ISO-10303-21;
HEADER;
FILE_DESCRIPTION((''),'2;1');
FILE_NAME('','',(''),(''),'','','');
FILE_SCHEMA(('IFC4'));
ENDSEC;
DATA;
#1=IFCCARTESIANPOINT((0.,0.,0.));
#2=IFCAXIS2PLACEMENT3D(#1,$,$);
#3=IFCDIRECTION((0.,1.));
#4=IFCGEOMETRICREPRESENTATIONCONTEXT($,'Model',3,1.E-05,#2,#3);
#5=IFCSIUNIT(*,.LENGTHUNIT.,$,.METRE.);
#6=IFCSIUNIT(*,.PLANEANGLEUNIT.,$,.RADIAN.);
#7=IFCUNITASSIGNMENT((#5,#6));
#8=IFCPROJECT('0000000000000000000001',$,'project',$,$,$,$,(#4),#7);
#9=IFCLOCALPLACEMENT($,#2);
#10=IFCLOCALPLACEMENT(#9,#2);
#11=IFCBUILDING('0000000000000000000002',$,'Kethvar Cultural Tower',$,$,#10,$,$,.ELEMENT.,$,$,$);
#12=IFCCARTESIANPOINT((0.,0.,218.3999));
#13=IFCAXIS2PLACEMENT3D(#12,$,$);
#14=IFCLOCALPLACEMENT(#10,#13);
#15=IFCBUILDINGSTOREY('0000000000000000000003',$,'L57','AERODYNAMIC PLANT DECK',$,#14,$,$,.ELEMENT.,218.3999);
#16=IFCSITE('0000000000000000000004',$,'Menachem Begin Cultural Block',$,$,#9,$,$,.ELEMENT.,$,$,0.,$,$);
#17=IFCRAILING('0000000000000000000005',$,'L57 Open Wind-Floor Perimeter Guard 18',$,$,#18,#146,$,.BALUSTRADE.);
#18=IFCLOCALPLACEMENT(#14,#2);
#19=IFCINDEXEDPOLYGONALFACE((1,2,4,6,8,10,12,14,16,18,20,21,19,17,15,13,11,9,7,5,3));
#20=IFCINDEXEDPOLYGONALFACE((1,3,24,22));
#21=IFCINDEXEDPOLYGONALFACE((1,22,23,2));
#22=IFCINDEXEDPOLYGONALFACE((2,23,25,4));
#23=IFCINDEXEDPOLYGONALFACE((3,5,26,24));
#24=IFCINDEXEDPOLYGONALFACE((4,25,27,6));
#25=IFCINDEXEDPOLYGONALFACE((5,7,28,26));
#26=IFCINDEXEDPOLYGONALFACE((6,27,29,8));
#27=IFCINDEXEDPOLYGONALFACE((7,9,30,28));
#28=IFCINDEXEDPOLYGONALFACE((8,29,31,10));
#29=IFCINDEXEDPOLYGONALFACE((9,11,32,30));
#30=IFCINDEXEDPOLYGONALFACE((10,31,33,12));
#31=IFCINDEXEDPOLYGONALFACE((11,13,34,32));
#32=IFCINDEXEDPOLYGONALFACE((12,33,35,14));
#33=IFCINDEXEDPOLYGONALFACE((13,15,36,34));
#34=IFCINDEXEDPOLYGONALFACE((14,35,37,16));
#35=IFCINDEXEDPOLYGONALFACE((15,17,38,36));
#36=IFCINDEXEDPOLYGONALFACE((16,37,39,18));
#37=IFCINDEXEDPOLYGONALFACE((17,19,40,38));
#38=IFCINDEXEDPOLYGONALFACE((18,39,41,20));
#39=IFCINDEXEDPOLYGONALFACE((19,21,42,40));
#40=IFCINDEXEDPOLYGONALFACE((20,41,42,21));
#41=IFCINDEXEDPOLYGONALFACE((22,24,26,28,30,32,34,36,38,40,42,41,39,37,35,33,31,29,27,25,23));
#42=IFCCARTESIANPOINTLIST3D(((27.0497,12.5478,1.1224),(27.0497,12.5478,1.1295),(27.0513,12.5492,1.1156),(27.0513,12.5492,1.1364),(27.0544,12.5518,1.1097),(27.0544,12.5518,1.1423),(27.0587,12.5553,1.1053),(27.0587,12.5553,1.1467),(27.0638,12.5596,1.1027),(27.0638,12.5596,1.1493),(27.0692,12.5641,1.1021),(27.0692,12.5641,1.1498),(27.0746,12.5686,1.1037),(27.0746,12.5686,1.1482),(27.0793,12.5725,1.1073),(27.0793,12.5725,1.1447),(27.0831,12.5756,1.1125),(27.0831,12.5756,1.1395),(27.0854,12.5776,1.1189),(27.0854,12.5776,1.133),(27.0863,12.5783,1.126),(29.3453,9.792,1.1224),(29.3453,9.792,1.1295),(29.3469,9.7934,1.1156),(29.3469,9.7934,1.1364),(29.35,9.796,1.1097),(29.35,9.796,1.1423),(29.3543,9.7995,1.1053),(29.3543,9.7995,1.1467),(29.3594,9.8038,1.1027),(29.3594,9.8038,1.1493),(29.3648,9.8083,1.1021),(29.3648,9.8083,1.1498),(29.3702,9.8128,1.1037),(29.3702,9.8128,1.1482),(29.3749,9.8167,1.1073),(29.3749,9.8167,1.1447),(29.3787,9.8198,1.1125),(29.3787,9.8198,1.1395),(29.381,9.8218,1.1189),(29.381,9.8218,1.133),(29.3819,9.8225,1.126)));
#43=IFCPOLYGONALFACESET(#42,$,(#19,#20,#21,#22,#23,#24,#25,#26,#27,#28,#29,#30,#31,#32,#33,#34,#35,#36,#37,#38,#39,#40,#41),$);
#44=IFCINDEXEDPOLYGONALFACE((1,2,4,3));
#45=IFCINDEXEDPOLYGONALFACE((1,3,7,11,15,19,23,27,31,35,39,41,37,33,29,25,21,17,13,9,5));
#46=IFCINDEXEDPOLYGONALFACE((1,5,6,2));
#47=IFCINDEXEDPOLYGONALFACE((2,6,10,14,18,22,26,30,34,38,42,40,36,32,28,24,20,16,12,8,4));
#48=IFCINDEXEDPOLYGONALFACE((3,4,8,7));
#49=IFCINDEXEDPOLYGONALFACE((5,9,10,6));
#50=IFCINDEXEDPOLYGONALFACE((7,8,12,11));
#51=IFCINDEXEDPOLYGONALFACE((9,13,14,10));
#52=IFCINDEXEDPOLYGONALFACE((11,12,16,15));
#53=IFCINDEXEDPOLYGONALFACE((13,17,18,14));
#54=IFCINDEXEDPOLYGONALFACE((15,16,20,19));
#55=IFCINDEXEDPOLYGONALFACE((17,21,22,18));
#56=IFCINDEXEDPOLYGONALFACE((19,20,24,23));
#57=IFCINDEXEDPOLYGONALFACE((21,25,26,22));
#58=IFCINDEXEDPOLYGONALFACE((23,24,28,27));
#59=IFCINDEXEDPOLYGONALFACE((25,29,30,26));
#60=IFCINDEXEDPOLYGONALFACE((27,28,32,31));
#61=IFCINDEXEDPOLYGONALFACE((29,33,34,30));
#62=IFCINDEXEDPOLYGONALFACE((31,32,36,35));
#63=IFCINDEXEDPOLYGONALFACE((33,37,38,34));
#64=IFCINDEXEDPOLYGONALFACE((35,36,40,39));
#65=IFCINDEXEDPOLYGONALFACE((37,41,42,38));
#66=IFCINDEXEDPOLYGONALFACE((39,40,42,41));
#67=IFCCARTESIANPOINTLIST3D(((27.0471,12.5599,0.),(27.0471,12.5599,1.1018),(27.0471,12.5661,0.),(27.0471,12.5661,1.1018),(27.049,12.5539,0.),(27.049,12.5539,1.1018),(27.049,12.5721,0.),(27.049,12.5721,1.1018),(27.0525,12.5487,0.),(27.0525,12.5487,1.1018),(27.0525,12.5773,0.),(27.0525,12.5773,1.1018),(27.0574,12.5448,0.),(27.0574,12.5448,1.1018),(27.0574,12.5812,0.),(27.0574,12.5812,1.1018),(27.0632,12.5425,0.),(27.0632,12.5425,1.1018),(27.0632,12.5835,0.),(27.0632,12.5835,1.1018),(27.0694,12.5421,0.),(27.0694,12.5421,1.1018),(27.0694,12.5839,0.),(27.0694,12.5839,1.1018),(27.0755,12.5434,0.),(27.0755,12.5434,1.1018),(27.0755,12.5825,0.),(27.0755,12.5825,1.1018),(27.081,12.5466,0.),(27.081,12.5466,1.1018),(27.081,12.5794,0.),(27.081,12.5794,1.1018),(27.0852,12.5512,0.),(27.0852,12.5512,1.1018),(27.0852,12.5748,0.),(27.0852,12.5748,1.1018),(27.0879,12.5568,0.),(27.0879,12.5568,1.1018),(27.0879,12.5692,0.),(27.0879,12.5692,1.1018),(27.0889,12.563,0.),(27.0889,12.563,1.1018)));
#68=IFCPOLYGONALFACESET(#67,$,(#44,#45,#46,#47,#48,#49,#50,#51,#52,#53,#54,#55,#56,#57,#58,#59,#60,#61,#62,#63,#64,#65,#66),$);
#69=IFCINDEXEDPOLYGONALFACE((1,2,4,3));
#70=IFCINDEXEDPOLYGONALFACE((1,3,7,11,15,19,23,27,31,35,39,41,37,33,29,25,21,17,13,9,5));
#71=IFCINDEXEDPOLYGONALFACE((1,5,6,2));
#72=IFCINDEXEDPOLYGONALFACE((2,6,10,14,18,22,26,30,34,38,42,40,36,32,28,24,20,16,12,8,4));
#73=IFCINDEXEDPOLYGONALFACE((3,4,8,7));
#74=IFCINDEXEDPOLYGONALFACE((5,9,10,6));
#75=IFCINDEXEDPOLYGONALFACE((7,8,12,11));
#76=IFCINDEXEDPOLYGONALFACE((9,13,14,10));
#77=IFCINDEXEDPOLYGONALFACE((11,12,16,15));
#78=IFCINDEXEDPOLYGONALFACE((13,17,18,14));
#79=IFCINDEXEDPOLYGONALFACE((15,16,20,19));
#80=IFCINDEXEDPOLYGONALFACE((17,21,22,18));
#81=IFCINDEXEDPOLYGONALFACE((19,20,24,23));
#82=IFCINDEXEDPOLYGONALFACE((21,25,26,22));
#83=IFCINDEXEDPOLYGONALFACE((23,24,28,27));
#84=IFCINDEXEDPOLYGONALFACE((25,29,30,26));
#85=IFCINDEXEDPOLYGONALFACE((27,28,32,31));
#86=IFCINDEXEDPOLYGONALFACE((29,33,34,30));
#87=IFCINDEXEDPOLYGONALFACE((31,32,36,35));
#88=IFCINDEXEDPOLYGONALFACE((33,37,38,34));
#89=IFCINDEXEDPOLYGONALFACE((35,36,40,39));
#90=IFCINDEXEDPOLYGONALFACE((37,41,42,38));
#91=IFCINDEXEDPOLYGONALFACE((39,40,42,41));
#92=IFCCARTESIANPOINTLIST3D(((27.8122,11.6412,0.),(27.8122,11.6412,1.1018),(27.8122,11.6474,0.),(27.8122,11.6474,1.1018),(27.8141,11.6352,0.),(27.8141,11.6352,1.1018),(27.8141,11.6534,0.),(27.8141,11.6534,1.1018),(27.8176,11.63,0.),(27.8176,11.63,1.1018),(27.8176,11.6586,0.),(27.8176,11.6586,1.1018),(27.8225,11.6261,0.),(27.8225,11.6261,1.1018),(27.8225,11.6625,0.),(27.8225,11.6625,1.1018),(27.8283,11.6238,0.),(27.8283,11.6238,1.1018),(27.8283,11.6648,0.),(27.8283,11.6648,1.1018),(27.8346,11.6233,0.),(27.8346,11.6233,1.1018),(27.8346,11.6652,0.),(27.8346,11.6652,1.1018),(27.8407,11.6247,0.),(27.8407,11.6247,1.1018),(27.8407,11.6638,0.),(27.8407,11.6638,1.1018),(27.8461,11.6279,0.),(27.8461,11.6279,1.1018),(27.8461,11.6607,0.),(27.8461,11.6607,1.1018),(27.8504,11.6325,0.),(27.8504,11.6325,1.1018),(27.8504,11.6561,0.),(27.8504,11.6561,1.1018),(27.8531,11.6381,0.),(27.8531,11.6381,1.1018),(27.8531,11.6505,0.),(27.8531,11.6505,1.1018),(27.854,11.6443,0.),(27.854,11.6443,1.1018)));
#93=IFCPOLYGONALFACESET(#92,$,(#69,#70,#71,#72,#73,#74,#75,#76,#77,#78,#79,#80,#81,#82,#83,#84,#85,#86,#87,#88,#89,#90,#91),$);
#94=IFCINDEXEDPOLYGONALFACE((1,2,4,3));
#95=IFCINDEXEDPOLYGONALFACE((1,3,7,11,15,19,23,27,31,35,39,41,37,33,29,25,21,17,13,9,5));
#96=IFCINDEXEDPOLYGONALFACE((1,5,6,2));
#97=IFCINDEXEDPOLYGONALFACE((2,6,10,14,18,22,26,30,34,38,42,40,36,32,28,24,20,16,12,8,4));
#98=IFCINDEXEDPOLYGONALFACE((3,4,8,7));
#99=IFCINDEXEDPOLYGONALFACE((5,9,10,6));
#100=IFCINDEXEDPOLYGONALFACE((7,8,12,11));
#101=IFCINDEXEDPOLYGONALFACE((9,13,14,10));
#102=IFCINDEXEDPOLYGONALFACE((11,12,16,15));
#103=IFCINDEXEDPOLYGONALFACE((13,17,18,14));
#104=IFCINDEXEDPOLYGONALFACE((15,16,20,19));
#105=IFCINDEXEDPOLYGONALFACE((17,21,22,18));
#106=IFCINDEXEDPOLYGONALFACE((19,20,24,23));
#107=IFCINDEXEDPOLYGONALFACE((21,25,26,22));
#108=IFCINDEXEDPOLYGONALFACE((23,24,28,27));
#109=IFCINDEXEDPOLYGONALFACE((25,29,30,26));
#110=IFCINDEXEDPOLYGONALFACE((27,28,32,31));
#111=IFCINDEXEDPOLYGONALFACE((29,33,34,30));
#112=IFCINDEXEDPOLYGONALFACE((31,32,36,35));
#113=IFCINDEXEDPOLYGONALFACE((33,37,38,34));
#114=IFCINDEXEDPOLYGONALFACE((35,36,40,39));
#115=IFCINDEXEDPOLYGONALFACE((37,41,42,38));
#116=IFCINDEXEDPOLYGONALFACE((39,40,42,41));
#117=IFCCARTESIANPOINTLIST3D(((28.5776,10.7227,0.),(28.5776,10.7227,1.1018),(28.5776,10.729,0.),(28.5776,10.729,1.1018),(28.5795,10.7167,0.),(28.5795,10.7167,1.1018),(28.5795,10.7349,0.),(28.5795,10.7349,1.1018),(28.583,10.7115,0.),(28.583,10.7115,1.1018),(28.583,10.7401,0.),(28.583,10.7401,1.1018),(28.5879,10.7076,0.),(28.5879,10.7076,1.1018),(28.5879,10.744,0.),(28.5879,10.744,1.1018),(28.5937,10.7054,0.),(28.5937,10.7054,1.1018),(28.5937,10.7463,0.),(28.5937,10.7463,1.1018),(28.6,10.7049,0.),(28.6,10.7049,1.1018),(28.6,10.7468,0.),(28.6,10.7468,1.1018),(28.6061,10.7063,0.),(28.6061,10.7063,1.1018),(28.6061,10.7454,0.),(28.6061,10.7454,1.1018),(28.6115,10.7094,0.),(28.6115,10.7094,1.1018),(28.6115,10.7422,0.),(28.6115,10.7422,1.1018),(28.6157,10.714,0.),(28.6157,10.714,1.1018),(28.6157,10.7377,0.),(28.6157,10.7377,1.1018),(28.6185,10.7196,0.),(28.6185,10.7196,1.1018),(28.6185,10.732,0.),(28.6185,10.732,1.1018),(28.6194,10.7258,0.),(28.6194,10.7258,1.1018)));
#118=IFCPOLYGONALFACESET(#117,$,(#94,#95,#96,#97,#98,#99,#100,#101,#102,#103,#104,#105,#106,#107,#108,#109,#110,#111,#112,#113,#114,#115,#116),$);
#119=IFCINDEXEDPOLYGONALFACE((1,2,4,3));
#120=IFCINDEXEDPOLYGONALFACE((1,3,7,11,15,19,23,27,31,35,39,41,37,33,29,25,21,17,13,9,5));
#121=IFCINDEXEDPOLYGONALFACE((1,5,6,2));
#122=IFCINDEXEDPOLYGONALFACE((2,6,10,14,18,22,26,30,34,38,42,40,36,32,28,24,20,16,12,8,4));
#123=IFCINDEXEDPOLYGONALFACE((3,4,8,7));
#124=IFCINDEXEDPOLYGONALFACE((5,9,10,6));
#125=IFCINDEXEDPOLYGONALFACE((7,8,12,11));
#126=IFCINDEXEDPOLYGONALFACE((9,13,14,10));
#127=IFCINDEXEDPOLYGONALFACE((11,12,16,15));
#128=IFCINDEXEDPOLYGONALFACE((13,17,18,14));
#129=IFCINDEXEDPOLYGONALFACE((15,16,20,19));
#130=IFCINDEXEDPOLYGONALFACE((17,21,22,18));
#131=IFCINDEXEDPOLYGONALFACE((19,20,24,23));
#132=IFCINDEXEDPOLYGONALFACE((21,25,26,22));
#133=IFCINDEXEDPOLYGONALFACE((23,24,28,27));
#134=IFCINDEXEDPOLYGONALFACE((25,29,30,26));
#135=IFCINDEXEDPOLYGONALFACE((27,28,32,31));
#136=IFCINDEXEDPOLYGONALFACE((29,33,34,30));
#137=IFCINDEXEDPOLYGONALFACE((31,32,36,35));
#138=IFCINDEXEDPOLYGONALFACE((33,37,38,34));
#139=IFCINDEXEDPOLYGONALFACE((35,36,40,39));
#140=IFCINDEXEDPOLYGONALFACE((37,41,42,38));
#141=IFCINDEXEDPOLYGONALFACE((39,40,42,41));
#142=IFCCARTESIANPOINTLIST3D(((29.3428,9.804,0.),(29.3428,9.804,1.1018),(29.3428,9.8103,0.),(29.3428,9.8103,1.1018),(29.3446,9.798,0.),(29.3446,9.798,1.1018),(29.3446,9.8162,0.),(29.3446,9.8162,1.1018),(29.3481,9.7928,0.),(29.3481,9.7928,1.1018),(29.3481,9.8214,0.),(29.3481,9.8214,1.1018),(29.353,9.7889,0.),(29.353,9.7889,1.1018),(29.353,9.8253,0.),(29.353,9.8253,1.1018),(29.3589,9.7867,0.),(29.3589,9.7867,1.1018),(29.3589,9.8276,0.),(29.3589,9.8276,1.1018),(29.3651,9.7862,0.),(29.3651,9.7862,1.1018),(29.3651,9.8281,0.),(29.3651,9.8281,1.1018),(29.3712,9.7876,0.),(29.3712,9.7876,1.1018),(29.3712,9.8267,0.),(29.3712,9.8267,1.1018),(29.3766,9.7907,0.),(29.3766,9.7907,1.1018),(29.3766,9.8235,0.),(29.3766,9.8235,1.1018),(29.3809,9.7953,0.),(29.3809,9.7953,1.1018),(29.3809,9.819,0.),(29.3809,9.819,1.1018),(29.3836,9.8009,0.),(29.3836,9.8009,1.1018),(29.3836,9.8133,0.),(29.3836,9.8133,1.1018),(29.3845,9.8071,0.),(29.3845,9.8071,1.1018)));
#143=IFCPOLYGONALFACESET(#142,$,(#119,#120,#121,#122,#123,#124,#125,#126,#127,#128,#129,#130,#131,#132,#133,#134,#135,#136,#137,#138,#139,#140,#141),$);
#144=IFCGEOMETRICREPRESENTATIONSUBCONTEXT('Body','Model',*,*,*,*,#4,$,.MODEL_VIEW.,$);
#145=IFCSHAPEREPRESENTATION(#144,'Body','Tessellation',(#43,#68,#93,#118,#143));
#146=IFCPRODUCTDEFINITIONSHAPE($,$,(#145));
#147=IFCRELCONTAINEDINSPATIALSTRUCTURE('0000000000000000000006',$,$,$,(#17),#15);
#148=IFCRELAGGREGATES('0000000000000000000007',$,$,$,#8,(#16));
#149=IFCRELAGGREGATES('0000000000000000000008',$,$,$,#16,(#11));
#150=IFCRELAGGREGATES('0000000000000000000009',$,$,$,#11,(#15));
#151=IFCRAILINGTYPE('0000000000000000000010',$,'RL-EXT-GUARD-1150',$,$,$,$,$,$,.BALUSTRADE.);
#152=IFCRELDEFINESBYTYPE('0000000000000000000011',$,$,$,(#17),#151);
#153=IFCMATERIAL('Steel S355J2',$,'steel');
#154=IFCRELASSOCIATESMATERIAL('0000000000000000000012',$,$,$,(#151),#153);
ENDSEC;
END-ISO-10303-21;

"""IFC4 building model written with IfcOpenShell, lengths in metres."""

from ifc_helpers import new_model, si_unit, direction, frame, origin, origin_2d, place, context, subcontext, project, spatial, circle, extrude, material, type_object, element, save


model = new_model("IFC4")

# Units and contexts
model_context = context("Model", 3, precision=1e-05, world=origin(), true_north=direction((0.0, 1.0)))
body_context = subcontext(model_context, "Body", "Model", "MODEL_VIEW")
ifc_project = project(units=[si_unit("LENGTHUNIT", "METRE"), si_unit("PLANEANGLEUNIT", "RADIAN")], contexts=[model_context])

# Site, building, storey
site_placement = place(None, origin())
site = spatial("IfcSite", under=ifc_project, at=site_placement, Name="Menachem Begin Cultural Block", CompositionType="ELEMENT", RefElevation=0.0)
building_placement = place(site_placement, origin())
building = spatial("IfcBuilding", under=site, at=building_placement, Name="Kethvar Cultural Tower", CompositionType="ELEMENT")
storey_placement = place(building_placement, frame((0.0, 0.0, 218.3999)))
storey = spatial("IfcBuildingStorey", under=building, at=storey_placement, Name="L57", Description="AERODYNAMIC PLANT DECK", CompositionType="ELEMENT", Elevation=218.3999)

# Shared definitions
ifc_material_1 = material(Name="Steel S355J2", Category="steel")

# Railing
railing_type = type_object("IfcRailingType", Name="RL-EXT-GUARD-1150", PredefinedType="BALUSTRADE", material=ifc_material_1)
railing_1_placement = place(storey_placement, frame((27.0679, 12.563, 0.0)))
element("IfcRailing", 1, at=railing_1_placement, inside=storey, type_object=railing_type, Name="L57 Open Wind-Floor Perimeter Guard 18", PredefinedType="BALUSTRADE", context=body_context, shape_type="SweptSolid", body=[
    extrude(circle(Radius=0.0239, at=origin_2d()), frame((0.0, 0.0, 1.126), z_axis=(0.640037, -0.768344, 0.0), x_axis=(0.768344, 0.640037, 0.0)), (0.0, 0.0, 1.0), 3.5867),
    extrude(circle(Radius=0.021, at=origin_2d()), origin(), (0.0, 0.0, 1.0), 1.1018),
    extrude(circle(Radius=0.021, at=origin_2d()), frame((0.7651, -0.9187, 0.0)), (0.0, 0.0, 1.0), 1.1018),
    extrude(circle(Radius=0.021, at=origin_2d()), frame((1.5305, -1.8372, 0.0)), (0.0, 0.0, 1.0), 1.1018),
    extrude(circle(Radius=0.021, at=origin_2d()), frame((2.2957, -2.7559, 0.0)), (0.0, 0.0, 1.0), 1.1018),
])

save(model, "model.ifc")
